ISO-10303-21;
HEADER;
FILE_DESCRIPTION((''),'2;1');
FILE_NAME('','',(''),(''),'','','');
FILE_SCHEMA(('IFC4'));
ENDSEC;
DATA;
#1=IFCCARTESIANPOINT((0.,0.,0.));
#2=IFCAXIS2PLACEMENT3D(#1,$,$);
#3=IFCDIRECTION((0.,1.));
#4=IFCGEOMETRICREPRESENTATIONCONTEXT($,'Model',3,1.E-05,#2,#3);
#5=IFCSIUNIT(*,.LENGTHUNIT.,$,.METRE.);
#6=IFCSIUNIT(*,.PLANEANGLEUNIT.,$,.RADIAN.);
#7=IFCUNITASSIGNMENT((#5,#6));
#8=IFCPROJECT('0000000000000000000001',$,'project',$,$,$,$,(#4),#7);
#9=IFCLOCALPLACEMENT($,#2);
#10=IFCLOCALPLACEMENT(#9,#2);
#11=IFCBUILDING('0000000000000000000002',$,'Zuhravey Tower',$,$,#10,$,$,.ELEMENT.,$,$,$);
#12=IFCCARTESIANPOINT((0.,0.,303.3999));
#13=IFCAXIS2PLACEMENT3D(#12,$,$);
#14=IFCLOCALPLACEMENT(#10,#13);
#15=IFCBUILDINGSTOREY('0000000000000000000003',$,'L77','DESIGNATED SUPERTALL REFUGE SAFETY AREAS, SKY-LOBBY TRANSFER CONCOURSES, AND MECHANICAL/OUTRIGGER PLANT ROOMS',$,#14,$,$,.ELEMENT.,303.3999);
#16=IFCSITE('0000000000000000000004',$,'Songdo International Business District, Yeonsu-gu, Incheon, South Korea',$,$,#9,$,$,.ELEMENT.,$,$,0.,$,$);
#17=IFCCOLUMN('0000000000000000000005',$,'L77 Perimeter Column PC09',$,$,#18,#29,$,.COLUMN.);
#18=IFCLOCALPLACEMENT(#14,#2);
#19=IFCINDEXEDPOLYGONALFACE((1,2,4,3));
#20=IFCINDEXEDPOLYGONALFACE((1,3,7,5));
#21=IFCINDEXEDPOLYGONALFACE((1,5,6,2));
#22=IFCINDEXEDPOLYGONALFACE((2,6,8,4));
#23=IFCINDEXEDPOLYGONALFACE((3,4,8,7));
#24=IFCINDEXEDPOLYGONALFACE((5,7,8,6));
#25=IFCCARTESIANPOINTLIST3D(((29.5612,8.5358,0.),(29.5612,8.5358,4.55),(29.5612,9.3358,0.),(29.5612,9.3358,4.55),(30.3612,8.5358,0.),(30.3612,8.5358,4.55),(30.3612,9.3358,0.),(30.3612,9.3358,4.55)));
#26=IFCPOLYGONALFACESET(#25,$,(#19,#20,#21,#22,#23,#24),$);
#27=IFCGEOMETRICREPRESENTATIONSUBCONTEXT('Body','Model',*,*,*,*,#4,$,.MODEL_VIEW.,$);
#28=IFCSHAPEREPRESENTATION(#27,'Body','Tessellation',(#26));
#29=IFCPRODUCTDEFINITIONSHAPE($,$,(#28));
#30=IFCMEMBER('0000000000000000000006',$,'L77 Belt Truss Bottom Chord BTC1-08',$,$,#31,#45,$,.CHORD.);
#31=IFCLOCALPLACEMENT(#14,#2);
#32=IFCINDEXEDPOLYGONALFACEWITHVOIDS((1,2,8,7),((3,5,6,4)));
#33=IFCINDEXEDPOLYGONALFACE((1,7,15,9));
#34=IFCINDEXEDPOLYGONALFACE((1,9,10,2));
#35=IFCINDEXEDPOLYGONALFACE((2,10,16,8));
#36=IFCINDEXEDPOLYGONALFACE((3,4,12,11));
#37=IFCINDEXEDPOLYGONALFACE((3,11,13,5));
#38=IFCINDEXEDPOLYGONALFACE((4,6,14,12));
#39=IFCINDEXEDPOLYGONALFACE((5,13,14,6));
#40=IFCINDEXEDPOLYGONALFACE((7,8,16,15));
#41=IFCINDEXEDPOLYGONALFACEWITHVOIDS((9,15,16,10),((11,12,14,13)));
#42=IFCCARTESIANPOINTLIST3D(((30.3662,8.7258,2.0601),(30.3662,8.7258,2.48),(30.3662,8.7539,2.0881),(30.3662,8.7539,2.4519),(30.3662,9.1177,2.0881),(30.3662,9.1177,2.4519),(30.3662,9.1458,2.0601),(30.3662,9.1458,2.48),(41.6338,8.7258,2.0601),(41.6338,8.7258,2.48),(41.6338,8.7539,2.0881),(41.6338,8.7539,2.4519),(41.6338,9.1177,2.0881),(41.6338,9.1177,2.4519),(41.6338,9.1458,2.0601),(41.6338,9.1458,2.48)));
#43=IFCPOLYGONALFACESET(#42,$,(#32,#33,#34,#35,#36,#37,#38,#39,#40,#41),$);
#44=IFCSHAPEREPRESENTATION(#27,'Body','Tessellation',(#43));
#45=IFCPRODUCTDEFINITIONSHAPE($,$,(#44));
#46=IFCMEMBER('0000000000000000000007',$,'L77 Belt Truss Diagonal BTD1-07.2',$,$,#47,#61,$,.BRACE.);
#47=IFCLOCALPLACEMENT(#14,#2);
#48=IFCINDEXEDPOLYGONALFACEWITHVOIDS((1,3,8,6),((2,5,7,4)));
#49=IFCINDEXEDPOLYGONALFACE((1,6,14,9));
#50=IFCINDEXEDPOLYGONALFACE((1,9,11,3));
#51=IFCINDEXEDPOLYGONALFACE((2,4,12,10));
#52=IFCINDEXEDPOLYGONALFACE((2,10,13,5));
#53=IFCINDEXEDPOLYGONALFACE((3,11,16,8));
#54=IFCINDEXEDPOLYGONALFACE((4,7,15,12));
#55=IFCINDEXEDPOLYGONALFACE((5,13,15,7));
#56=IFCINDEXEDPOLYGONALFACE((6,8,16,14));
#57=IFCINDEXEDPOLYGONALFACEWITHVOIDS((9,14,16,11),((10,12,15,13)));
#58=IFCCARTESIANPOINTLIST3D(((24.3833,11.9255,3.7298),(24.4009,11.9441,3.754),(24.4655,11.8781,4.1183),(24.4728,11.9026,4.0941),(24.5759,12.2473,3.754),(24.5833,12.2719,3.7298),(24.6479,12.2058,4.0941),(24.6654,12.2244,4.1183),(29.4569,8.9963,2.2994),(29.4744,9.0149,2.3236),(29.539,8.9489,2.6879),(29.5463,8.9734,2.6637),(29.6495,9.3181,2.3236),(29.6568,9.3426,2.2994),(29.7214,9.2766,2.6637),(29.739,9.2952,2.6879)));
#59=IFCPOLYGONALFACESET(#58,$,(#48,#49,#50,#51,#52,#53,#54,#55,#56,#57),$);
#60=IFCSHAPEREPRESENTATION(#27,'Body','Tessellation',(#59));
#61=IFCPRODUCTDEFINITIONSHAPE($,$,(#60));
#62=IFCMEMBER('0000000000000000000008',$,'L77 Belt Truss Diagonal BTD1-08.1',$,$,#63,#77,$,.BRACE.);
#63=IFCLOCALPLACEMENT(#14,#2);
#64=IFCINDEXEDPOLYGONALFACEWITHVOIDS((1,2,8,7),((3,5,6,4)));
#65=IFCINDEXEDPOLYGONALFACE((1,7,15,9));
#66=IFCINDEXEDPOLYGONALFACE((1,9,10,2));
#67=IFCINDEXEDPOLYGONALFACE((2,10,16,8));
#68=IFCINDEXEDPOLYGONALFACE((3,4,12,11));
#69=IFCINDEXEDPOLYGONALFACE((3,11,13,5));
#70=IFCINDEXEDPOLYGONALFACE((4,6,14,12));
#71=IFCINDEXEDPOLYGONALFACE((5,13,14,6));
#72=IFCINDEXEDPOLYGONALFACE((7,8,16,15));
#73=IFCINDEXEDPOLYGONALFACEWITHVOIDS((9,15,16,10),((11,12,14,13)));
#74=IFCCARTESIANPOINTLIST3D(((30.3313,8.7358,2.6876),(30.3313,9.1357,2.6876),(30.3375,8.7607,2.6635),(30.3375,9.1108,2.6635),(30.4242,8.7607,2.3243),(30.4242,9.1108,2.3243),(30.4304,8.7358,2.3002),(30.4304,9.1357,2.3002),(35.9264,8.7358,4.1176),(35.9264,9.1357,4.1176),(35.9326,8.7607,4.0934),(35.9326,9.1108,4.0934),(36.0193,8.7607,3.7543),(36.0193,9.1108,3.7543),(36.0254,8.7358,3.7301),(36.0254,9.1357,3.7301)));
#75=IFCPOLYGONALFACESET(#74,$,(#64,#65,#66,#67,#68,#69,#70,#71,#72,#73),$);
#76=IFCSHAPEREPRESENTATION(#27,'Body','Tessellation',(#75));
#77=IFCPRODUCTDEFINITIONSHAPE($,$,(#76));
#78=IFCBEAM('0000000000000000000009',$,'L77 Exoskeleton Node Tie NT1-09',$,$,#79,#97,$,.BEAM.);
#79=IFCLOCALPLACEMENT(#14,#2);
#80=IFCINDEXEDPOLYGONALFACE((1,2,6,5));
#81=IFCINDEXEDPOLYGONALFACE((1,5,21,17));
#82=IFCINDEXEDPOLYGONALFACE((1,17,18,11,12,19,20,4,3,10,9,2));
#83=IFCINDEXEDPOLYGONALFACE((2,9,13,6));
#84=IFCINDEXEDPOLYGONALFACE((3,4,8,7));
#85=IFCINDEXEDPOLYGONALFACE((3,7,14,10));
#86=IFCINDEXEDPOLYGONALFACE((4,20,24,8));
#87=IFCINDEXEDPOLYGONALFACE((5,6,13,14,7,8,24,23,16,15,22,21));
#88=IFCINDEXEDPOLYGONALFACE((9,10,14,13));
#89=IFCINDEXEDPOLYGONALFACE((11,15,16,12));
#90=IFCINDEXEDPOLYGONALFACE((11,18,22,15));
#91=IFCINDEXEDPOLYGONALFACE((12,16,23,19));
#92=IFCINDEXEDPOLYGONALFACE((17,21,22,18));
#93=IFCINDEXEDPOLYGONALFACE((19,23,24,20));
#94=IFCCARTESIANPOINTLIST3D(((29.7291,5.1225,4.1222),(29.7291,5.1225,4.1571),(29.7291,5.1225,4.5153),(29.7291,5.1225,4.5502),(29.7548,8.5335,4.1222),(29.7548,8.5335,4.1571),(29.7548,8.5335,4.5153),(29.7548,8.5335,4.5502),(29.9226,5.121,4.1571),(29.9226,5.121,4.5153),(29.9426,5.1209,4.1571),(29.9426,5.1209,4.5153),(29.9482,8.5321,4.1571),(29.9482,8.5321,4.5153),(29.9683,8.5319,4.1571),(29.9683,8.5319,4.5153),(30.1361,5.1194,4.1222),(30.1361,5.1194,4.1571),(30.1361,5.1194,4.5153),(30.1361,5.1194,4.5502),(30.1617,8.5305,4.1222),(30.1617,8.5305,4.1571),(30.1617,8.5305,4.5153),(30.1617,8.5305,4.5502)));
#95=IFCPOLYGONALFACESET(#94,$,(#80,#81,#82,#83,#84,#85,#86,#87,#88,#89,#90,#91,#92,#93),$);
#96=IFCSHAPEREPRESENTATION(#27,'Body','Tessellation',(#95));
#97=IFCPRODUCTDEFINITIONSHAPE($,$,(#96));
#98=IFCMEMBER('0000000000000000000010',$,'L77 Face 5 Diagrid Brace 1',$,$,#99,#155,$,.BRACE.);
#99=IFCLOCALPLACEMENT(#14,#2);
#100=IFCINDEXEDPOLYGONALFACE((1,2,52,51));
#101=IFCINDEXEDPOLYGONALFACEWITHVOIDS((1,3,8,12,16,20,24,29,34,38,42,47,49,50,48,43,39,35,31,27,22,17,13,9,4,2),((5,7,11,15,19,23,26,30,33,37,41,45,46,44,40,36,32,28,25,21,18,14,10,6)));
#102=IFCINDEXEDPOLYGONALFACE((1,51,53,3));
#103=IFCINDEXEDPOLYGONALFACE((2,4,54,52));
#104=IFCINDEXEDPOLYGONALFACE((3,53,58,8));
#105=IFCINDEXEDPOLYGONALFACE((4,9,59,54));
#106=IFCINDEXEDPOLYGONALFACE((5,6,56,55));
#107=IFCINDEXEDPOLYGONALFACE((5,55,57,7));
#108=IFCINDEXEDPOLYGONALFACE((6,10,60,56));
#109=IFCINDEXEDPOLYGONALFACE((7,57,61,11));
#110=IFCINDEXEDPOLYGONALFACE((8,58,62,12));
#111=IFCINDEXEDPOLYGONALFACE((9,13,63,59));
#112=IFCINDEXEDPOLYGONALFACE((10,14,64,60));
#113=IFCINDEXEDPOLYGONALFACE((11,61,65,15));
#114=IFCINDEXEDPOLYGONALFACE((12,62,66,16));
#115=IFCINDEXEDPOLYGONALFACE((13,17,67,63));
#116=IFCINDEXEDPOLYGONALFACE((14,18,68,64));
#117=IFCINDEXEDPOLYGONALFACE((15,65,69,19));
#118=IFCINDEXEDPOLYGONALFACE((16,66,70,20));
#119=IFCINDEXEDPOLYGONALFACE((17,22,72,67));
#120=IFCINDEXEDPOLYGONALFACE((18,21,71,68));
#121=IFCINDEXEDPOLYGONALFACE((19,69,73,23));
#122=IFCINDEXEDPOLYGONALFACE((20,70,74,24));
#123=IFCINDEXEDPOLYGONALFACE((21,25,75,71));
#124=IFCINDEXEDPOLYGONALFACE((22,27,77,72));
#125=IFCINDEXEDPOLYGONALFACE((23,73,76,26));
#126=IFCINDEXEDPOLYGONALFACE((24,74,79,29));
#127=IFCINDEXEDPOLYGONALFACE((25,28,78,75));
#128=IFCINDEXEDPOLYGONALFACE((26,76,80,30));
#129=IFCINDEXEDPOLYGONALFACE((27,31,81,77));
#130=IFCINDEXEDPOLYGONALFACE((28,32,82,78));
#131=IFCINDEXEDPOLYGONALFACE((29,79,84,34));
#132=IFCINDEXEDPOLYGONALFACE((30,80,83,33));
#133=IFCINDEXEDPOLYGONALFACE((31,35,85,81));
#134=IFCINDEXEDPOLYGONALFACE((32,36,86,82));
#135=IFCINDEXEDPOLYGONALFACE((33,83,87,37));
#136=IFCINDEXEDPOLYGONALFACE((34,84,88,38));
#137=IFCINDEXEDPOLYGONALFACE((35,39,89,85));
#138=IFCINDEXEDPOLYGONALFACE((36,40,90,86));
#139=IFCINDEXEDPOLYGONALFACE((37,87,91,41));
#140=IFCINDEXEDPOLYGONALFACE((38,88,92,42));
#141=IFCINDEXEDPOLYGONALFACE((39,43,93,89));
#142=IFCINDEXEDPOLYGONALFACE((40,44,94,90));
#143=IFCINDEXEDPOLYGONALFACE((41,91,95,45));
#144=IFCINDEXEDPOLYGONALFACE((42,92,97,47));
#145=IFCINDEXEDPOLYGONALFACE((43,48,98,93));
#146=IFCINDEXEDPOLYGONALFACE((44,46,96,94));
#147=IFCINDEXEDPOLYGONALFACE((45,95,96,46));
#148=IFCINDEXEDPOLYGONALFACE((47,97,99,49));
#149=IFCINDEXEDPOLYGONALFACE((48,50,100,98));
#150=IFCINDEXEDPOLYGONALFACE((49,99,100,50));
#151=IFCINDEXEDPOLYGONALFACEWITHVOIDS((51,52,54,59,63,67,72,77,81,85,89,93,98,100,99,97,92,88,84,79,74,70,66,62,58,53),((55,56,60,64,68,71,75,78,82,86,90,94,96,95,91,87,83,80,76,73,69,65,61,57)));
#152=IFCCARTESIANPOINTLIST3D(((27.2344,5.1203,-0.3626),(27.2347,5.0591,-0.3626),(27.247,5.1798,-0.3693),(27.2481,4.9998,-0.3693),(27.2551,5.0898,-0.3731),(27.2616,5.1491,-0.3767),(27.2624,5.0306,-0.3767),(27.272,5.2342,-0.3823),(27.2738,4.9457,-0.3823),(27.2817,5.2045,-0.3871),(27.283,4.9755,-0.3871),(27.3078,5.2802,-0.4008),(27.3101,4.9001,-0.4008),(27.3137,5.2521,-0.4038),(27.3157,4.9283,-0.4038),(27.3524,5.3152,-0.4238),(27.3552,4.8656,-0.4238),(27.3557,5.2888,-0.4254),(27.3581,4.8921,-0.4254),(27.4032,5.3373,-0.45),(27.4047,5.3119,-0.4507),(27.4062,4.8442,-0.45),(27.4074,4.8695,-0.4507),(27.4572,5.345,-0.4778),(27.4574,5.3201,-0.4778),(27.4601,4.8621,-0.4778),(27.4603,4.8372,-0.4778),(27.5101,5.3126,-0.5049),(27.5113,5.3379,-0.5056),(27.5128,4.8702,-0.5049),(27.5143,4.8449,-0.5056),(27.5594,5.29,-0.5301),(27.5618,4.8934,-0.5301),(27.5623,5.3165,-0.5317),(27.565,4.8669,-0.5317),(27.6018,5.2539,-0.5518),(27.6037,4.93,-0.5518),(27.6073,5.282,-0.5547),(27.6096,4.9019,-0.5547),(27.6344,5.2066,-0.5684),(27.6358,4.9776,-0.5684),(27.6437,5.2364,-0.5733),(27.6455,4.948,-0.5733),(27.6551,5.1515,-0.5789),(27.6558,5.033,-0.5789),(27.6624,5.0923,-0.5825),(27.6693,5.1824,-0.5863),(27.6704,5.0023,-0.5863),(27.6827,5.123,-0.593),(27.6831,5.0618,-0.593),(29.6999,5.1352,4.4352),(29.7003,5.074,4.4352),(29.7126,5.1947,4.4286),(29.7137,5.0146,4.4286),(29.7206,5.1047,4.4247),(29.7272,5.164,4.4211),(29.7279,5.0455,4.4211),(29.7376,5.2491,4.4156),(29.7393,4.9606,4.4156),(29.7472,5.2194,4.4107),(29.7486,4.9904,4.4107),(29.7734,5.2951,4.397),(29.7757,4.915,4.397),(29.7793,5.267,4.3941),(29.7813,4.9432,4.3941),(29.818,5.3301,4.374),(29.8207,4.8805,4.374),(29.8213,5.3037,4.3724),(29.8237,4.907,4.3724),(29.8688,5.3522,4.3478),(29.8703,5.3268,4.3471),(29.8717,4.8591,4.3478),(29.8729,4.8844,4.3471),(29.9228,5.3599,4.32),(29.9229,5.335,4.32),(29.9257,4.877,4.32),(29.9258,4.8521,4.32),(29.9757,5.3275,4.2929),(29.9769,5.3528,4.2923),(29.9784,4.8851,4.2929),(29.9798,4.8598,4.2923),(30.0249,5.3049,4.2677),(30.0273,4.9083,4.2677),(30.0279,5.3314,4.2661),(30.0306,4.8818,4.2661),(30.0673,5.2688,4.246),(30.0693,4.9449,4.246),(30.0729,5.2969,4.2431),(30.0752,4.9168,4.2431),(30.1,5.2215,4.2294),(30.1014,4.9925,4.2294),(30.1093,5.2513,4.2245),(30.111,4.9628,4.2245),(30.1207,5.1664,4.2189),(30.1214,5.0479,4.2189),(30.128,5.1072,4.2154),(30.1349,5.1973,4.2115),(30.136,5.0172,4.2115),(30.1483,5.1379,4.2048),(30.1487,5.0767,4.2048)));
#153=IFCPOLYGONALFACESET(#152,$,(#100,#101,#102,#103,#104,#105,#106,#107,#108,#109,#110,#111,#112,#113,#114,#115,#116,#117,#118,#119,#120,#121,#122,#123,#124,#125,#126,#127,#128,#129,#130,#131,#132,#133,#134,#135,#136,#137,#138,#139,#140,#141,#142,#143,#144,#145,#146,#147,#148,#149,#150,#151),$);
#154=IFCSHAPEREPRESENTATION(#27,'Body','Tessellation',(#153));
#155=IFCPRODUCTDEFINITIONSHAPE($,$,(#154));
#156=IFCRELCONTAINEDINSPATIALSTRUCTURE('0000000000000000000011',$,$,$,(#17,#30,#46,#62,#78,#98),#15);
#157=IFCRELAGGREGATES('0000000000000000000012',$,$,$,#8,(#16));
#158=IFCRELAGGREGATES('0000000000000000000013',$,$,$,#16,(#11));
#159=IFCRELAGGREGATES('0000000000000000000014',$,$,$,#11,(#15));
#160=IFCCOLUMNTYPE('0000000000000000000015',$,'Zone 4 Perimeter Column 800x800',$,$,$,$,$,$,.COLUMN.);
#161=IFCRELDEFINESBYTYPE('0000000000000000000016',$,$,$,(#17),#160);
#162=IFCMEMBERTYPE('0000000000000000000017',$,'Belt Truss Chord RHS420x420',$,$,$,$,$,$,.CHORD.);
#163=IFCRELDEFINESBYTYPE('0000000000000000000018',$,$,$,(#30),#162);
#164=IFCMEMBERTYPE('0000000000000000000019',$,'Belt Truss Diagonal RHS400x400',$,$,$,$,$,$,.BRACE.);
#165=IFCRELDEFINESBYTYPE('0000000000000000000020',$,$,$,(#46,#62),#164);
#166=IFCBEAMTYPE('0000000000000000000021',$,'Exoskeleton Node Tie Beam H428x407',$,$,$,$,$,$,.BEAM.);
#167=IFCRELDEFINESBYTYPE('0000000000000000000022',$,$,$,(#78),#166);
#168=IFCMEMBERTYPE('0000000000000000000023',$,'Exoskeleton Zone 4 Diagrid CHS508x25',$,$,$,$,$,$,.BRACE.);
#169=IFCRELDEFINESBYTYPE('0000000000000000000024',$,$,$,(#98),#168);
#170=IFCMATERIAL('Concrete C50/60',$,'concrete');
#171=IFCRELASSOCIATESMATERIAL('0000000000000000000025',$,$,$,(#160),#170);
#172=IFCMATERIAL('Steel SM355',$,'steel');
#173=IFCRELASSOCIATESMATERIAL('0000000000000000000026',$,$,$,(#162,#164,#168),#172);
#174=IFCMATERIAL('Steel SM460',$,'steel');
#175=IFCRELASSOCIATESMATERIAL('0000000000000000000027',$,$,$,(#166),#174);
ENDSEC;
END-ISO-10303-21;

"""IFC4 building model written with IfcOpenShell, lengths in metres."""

from ifc_helpers import new_model, si_unit, direction, frame, origin, origin_2d, place, context, subcontext, project, spatial, rectangle, hollow_rectangle, hollow_circle, i_section, extrude, material, material_profile, profile_set, type_object, element, save


model = new_model("IFC4")

# Units and contexts
model_context = context("Model", 3, precision=1e-05, world=origin(), true_north=direction((0.0, 1.0)))
body_context = subcontext(model_context, "Body", "Model", "MODEL_VIEW")
ifc_project = project(units=[si_unit("LENGTHUNIT", "METRE"), si_unit("PLANEANGLEUNIT", "RADIAN")], contexts=[model_context])

# Site, building, storey
site_placement = place(None, origin())
site = spatial("IfcSite", under=ifc_project, at=site_placement, Name="Songdo International Business District, Yeonsu-gu, Incheon, South Korea", CompositionType="ELEMENT", RefElevation=0.0)
building_placement = place(site_placement, origin())
building = spatial("IfcBuilding", under=site, at=building_placement, Name="Zuhravey Tower", CompositionType="ELEMENT")
storey_placement = place(building_placement, frame((0.0, 0.0, 303.3999)))
storey = spatial("IfcBuildingStorey", under=building, at=storey_placement, Name="L77", Description="DESIGNATED SUPERTALL REFUGE SAFETY AREAS, SKY-LOBBY TRANSFER CONCOURSES, AND MECHANICAL/OUTRIGGER PLANT ROOMS", CompositionType="ELEMENT", Elevation=303.3999)

# Column
ifc_material_1 = material(Name="Concrete C50/60", Category="concrete")
ifc_material_profile_1 = material_profile(ifc_material_1, rectangle(XDim=0.8, YDim=0.8, at=origin_2d()), Name="RC-800x800")
ifc_profile_set_1 = profile_set([ifc_material_profile_1], Name="Concrete C50/60")
column_type = type_object("IfcColumnType", Name="Zone 4 Perimeter Column 800x800", PredefinedType="COLUMN", material=ifc_profile_set_1)
column_placement = place(storey_placement, frame((29.9612, 8.9358, 0.0), z_axis=(0.0, 0.0, 1.0), x_axis=(1.0, 0.0, 0.0)))
element("IfcColumn", 1, at=column_placement, inside=storey, type_object=column_type, Name="L77 Perimeter Column PC09", PredefinedType="COLUMN", context=body_context, shape_type="SweptSolid", body=[
    extrude(rectangle(XDim=0.8, YDim=0.8, at=origin_2d()), origin(), (0.0, 0.0, 1.0), 4.55),
])

# Members
ifc_material_2 = material(Name="Steel SM355", Category="steel")
ifc_material_profile_2 = material_profile(ifc_material_2, hollow_rectangle(XDim=0.4199, YDim=0.4199, WallThickness=0.0281, at=origin_2d()), Name="RHS-420x420x28")
ifc_profile_set_2 = profile_set([ifc_material_profile_2], Name="Steel SM355")
member_type_1 = type_object("IfcMemberType", Name="Belt Truss Chord RHS420x420", PredefinedType="CHORD", material=ifc_profile_set_2)
member_1_placement = place(storey_placement, frame((30.3662, 8.9358, 2.27), z_axis=(1.0, 0.0, 0.0), x_axis=(0.0, 1.0, 0.0)))
element("IfcMember", 2, at=member_1_placement, inside=storey, type_object=member_type_1, Name="L77 Belt Truss Bottom Chord BTC1-08", PredefinedType="CHORD", context=body_context, shape_type="SweptSolid", body=[
    extrude(hollow_rectangle(XDim=0.4199, YDim=0.4199, WallThickness=0.0281, at=origin_2d()), origin(), (0.0, 0.0, 1.0), 11.2676),
])
ifc_material_profile_3 = material_profile(ifc_material_2, hollow_rectangle(XDim=0.3999, YDim=0.3999, WallThickness=0.0249, at=origin_2d()), Name="RHS-400x400x25")
ifc_profile_set_3 = profile_set([ifc_material_profile_3], Name="Steel SM355")
member_type_2 = type_object("IfcMemberType", Name="Belt Truss Diagonal RHS400x400", PredefinedType="BRACE", material=ifc_profile_set_3)
member_2_placement = place(storey_placement, frame((29.5979, 9.1458, 2.4937), z_axis=(-0.841309, 0.485733, 0.237199), x_axis=(-0.500003, -0.866024, 0.0)))
element("IfcMember", 3, at=member_2_placement, inside=storey, type_object=member_type_2, Name="L77 Belt Truss Diagonal BTD1-07.2", PredefinedType="BRACE", context=body_context, shape_type="SweptSolid", body=[
    extrude(hollow_rectangle(XDim=0.3999, YDim=0.3999, WallThickness=0.0249, at=origin_2d()), origin(), (0.0, 0.0, 1.0), 6.0305),
])
member_3_placement = place(storey_placement, frame((30.3809, 8.9358, 2.4939), z_axis=(0.968858, 0.0, 0.247615), x_axis=(0.0, 1.0, 0.0)))
element("IfcMember", 4, at=member_3_placement, inside=storey, type_object=member_type_2, Name="L77 Belt Truss Diagonal BTD1-08.1", PredefinedType="BRACE", context=body_context, shape_type="SweptSolid", body=[
    extrude(hollow_rectangle(XDim=0.3999, YDim=0.3999, WallThickness=0.0249, at=origin_2d()), origin(), (0.0, 0.0, 1.0), 5.7749),
])

# Beam
ifc_material_3 = material(Name="Steel SM460", Category="steel")
ifc_material_profile_4 = material_profile(ifc_material_3, i_section(OverallWidth=0.407, OverallDepth=0.428, WebThickness=0.02, FlangeThickness=0.0349, at=origin_2d()), Name="H-428x407x20x35")
ifc_profile_set_4 = profile_set([ifc_material_profile_4], Name="Steel SM460")
beam_type_1 = type_object("IfcBeamType", Name="Exoskeleton Node Tie Beam H428x407", PredefinedType="BEAM", material=ifc_profile_set_4)
beam_1_placement = place(storey_placement, frame((29.9583, 8.532, 4.3362), z_axis=(-0.007515, -0.999972, 0.0), x_axis=(0.999972, -0.007515, 0.0)))
element("IfcBeam", 5, at=beam_1_placement, inside=storey, type_object=beam_type_1, Name="L77 Exoskeleton Node Tie NT1-09", PredefinedType="BEAM", context=body_context, shape_type="SweptSolid", body=[
    extrude(i_section(OverallWidth=0.407, OverallDepth=0.428, WebThickness=0.02, FlangeThickness=0.0349, at=origin_2d()), origin(), (0.0, 0.0, 1.0), 3.4111),
])

# Member
ifc_material_profile_5 = material_profile(ifc_material_2, hollow_circle(Radius=0.2539, WallThickness=0.0249, at=origin_2d()), Name="CHS-508.0x25")
ifc_profile_set_5 = profile_set([ifc_material_profile_5], Name="Steel SM355")
member_type_3 = type_object("IfcMemberType", Name="Exoskeleton Zone 4 Diagrid CHS508x25", PredefinedType="BRACE", material=ifc_profile_set_5)
member_4_placement = place(storey_placement, frame((27.4587, 5.0911, -0.4778), z_axis=(0.457069, 0.002761, 0.889427), x_axis=(-0.00604, 0.999982, 0.0)))
element("IfcMember", 6, at=member_4_placement, inside=storey, type_object=member_type_3, Name="L77 Face 5 Diagrid Brace 1", PredefinedType="BRACE", context=body_context, shape_type="SweptSolid", body=[
    extrude(hollow_circle(Radius=0.2539, WallThickness=0.0249, at=origin_2d()), origin(), (0.0, 0.0, 1.0), 5.3943),
])

save(model, "model.ifc")
